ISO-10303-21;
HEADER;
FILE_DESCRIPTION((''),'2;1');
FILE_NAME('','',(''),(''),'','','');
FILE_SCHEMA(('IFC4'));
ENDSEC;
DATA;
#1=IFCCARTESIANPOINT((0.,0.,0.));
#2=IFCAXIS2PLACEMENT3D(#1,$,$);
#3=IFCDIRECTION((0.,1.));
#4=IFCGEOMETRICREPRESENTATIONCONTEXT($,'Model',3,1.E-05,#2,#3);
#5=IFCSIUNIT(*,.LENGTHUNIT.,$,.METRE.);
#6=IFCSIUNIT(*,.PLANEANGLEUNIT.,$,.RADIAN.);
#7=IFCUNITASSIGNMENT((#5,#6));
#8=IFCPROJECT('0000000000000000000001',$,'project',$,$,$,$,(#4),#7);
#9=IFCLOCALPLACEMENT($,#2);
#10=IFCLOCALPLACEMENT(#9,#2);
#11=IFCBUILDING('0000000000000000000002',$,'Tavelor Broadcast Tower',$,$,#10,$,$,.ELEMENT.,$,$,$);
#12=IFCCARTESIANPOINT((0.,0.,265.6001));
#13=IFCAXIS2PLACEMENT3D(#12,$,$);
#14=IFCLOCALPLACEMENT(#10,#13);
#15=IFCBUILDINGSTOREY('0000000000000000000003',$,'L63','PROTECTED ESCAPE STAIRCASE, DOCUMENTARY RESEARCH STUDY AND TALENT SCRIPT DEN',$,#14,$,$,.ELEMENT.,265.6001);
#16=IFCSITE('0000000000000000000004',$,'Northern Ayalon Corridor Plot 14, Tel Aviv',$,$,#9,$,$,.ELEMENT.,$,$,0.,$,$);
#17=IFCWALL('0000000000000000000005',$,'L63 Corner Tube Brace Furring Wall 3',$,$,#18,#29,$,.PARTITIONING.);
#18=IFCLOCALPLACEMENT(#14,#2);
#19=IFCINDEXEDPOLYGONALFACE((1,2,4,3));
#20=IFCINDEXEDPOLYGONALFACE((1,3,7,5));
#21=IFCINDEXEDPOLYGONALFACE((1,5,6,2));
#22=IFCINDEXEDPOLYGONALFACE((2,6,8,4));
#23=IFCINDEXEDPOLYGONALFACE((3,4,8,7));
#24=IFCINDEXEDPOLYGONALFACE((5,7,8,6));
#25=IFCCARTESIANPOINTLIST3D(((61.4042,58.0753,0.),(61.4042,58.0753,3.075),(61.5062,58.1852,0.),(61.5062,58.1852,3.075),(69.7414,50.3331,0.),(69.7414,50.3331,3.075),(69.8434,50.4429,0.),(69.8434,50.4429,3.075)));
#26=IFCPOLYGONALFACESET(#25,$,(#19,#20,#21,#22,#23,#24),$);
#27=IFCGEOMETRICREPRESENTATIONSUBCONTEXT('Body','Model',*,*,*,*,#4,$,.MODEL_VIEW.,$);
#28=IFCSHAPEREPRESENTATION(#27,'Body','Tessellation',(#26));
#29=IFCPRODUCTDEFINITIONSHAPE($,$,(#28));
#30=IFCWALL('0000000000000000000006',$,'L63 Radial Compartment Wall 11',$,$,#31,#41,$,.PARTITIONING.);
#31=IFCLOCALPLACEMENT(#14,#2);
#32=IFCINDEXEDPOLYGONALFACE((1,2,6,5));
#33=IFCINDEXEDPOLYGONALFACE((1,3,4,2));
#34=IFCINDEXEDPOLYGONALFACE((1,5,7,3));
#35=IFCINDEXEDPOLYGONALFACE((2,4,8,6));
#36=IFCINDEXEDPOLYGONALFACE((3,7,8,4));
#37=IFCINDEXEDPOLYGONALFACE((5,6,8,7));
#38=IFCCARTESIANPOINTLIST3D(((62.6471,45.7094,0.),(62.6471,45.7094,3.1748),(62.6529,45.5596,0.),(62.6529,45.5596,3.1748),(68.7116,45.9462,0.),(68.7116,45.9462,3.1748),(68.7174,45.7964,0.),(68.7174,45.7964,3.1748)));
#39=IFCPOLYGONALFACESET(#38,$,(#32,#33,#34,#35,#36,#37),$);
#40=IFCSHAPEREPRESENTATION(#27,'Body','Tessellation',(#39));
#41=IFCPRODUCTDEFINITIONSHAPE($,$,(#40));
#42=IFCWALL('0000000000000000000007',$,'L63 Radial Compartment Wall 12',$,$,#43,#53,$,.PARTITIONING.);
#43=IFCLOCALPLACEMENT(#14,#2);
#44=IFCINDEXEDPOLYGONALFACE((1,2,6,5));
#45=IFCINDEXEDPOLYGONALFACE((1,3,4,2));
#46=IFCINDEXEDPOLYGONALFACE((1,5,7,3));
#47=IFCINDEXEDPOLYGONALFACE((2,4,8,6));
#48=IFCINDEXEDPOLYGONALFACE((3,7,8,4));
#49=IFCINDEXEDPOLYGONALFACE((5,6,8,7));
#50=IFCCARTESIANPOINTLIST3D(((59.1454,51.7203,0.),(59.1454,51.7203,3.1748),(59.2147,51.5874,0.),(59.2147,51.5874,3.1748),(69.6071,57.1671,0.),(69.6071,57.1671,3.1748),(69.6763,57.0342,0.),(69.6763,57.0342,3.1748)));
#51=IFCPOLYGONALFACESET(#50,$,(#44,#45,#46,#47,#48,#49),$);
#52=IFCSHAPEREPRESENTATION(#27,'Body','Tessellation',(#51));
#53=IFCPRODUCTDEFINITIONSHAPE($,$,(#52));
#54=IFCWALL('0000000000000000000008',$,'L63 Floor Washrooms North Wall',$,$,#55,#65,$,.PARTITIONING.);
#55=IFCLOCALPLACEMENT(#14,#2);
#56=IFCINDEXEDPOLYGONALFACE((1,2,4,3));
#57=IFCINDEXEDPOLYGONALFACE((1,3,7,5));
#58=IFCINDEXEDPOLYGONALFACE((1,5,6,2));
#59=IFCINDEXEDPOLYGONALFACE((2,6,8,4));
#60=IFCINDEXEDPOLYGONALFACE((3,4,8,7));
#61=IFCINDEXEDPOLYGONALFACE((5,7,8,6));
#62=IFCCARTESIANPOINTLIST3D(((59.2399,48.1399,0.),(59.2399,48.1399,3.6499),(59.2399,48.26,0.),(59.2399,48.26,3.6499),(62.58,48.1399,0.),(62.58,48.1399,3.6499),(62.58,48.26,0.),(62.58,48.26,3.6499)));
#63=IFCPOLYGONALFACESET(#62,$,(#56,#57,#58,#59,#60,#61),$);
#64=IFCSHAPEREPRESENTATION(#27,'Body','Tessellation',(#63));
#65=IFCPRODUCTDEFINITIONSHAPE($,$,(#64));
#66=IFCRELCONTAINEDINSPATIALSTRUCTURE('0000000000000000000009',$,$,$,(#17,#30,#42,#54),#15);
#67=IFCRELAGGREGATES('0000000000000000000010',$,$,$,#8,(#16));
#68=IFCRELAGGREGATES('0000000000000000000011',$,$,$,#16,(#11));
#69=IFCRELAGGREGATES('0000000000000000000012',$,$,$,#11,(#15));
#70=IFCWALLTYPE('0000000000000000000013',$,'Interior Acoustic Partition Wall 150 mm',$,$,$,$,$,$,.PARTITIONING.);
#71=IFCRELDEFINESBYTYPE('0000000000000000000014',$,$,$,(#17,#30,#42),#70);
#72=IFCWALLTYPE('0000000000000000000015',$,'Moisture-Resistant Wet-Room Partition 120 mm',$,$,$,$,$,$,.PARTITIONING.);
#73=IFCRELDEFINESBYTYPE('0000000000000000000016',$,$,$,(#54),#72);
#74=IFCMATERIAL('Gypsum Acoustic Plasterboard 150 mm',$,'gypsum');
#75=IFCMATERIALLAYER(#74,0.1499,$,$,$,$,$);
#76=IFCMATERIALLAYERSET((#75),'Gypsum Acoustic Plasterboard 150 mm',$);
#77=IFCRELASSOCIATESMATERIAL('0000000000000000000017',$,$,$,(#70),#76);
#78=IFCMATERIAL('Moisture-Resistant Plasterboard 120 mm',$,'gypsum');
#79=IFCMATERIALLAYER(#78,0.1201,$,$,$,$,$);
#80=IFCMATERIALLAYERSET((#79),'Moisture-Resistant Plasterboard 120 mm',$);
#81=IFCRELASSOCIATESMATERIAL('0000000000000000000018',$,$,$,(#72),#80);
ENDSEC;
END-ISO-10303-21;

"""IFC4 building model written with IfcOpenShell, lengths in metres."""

from ifc_helpers import new_model, si_unit, direction, frame, frame_2d, origin, place, context, subcontext, project, spatial, rectangle, extrude, material, layer, layer_set, type_object, element, save


model = new_model("IFC4")

# Units and contexts
model_context = context("Model", 3, precision=1e-05, world=origin(), true_north=direction((0.0, 1.0)))
body_context = subcontext(model_context, "Body", "Model", "MODEL_VIEW")
ifc_project = project(units=[si_unit("LENGTHUNIT", "METRE"), si_unit("PLANEANGLEUNIT", "RADIAN")], contexts=[model_context])

# Site, building, storey
site_placement = place(None, origin())
site = spatial("IfcSite", under=ifc_project, at=site_placement, Name="Northern Ayalon Corridor Plot 14, Tel Aviv", CompositionType="ELEMENT", RefElevation=0.0)
building_placement = place(site_placement, origin())
building = spatial("IfcBuilding", under=site, at=building_placement, Name="Tavelor Broadcast Tower", CompositionType="ELEMENT")
storey_placement = place(building_placement, frame((0.0, 0.0, 265.6001)))
storey = spatial("IfcBuildingStorey", under=building, at=storey_placement, Name="L63", Description="PROTECTED ESCAPE STAIRCASE, DOCUMENTARY RESEARCH STUDY AND TALENT SCRIPT DEN", CompositionType="ELEMENT", Elevation=265.6001)

# Walls
ifc_material_1 = material(Name="Gypsum Acoustic Plasterboard 150 mm", Category="gypsum")
ifc_layer_1 = layer(ifc_material_1, 0.1499)
ifc_layer_set_1 = layer_set([ifc_layer_1], Name="Gypsum Acoustic Plasterboard 150 mm")
wall_type_1 = type_object("IfcWallType", Name="Interior Acoustic Partition Wall 150 mm", PredefinedType="PARTITIONING", material=ifc_layer_set_1)
wall_1_placement = place(storey_placement, frame((69.7925, 50.3879, 0.0), z_axis=(0.0, 0.0, 1.0), x_axis=(-0.73277, 0.680477, 0.0)))
element("IfcWall", 1, at=wall_1_placement, inside=storey, type_object=wall_type_1, Name="L63 Corner Tube Brace Furring Wall 3", PredefinedType="PARTITIONING", context=body_context, shape_type="SweptSolid", body=[
    extrude(rectangle(XDim=11.3777, YDim=0.1499, at=frame_2d((5.689, 0.0))), origin(), (0.0, 0.0, 1.0), 3.075),
])
wall_2_placement = place(storey_placement, frame((62.6499, 45.6345, 0.0), z_axis=(0.0, 0.0, 1.0), x_axis=(0.999238, 0.03902, 0.0)))
element("IfcWall", 2, at=wall_2_placement, inside=storey, type_object=wall_type_1, Name="L63 Radial Compartment Wall 11", PredefinedType="PARTITIONING", context=body_context, shape_type="SweptSolid", body=[
    extrude(rectangle(XDim=6.0691, YDim=0.1499, at=frame_2d((3.0347, 0.0))), origin(), (0.0, 0.0, 1.0), 3.1748),
])
wall_3_placement = place(storey_placement, frame((59.1799, 51.6538, 0.0), z_axis=(0.0, 0.0, 1.0), x_axis=(0.886984, 0.4618, 0.0)))
element("IfcWall", 3, at=wall_3_placement, inside=storey, type_object=wall_type_1, Name="L63 Radial Compartment Wall 12", PredefinedType="PARTITIONING", context=body_context, shape_type="SweptSolid", body=[
    extrude(rectangle(XDim=11.7947, YDim=0.1499, at=frame_2d((5.8975, 0.0))), origin(), (0.0, 0.0, 1.0), 3.1748),
])
ifc_material_2 = material(Name="Moisture-Resistant Plasterboard 120 mm", Category="gypsum")
ifc_layer_2 = layer(ifc_material_2, 0.1201)
ifc_layer_set_2 = layer_set([ifc_layer_2], Name="Moisture-Resistant Plasterboard 120 mm")
wall_type_2 = type_object("IfcWallType", Name="Moisture-Resistant Wet-Room Partition 120 mm", PredefinedType="PARTITIONING", material=ifc_layer_set_2)
wall_4_placement = place(storey_placement, frame((59.24, 48.2, 0.0), z_axis=(0.0, 0.0, 1.0), x_axis=(1.0, 0.0, 0.0)))
element("IfcWall", 4, at=wall_4_placement, inside=storey, type_object=wall_type_2, Name="L63 Floor Washrooms North Wall", PredefinedType="PARTITIONING", context=body_context, shape_type="SweptSolid", body=[
    extrude(rectangle(XDim=3.3401, YDim=0.1201, at=frame_2d((1.6699, 0.0))), origin(), (0.0, 0.0, 1.0), 3.6499),
])

save(model, "model.ifc")
